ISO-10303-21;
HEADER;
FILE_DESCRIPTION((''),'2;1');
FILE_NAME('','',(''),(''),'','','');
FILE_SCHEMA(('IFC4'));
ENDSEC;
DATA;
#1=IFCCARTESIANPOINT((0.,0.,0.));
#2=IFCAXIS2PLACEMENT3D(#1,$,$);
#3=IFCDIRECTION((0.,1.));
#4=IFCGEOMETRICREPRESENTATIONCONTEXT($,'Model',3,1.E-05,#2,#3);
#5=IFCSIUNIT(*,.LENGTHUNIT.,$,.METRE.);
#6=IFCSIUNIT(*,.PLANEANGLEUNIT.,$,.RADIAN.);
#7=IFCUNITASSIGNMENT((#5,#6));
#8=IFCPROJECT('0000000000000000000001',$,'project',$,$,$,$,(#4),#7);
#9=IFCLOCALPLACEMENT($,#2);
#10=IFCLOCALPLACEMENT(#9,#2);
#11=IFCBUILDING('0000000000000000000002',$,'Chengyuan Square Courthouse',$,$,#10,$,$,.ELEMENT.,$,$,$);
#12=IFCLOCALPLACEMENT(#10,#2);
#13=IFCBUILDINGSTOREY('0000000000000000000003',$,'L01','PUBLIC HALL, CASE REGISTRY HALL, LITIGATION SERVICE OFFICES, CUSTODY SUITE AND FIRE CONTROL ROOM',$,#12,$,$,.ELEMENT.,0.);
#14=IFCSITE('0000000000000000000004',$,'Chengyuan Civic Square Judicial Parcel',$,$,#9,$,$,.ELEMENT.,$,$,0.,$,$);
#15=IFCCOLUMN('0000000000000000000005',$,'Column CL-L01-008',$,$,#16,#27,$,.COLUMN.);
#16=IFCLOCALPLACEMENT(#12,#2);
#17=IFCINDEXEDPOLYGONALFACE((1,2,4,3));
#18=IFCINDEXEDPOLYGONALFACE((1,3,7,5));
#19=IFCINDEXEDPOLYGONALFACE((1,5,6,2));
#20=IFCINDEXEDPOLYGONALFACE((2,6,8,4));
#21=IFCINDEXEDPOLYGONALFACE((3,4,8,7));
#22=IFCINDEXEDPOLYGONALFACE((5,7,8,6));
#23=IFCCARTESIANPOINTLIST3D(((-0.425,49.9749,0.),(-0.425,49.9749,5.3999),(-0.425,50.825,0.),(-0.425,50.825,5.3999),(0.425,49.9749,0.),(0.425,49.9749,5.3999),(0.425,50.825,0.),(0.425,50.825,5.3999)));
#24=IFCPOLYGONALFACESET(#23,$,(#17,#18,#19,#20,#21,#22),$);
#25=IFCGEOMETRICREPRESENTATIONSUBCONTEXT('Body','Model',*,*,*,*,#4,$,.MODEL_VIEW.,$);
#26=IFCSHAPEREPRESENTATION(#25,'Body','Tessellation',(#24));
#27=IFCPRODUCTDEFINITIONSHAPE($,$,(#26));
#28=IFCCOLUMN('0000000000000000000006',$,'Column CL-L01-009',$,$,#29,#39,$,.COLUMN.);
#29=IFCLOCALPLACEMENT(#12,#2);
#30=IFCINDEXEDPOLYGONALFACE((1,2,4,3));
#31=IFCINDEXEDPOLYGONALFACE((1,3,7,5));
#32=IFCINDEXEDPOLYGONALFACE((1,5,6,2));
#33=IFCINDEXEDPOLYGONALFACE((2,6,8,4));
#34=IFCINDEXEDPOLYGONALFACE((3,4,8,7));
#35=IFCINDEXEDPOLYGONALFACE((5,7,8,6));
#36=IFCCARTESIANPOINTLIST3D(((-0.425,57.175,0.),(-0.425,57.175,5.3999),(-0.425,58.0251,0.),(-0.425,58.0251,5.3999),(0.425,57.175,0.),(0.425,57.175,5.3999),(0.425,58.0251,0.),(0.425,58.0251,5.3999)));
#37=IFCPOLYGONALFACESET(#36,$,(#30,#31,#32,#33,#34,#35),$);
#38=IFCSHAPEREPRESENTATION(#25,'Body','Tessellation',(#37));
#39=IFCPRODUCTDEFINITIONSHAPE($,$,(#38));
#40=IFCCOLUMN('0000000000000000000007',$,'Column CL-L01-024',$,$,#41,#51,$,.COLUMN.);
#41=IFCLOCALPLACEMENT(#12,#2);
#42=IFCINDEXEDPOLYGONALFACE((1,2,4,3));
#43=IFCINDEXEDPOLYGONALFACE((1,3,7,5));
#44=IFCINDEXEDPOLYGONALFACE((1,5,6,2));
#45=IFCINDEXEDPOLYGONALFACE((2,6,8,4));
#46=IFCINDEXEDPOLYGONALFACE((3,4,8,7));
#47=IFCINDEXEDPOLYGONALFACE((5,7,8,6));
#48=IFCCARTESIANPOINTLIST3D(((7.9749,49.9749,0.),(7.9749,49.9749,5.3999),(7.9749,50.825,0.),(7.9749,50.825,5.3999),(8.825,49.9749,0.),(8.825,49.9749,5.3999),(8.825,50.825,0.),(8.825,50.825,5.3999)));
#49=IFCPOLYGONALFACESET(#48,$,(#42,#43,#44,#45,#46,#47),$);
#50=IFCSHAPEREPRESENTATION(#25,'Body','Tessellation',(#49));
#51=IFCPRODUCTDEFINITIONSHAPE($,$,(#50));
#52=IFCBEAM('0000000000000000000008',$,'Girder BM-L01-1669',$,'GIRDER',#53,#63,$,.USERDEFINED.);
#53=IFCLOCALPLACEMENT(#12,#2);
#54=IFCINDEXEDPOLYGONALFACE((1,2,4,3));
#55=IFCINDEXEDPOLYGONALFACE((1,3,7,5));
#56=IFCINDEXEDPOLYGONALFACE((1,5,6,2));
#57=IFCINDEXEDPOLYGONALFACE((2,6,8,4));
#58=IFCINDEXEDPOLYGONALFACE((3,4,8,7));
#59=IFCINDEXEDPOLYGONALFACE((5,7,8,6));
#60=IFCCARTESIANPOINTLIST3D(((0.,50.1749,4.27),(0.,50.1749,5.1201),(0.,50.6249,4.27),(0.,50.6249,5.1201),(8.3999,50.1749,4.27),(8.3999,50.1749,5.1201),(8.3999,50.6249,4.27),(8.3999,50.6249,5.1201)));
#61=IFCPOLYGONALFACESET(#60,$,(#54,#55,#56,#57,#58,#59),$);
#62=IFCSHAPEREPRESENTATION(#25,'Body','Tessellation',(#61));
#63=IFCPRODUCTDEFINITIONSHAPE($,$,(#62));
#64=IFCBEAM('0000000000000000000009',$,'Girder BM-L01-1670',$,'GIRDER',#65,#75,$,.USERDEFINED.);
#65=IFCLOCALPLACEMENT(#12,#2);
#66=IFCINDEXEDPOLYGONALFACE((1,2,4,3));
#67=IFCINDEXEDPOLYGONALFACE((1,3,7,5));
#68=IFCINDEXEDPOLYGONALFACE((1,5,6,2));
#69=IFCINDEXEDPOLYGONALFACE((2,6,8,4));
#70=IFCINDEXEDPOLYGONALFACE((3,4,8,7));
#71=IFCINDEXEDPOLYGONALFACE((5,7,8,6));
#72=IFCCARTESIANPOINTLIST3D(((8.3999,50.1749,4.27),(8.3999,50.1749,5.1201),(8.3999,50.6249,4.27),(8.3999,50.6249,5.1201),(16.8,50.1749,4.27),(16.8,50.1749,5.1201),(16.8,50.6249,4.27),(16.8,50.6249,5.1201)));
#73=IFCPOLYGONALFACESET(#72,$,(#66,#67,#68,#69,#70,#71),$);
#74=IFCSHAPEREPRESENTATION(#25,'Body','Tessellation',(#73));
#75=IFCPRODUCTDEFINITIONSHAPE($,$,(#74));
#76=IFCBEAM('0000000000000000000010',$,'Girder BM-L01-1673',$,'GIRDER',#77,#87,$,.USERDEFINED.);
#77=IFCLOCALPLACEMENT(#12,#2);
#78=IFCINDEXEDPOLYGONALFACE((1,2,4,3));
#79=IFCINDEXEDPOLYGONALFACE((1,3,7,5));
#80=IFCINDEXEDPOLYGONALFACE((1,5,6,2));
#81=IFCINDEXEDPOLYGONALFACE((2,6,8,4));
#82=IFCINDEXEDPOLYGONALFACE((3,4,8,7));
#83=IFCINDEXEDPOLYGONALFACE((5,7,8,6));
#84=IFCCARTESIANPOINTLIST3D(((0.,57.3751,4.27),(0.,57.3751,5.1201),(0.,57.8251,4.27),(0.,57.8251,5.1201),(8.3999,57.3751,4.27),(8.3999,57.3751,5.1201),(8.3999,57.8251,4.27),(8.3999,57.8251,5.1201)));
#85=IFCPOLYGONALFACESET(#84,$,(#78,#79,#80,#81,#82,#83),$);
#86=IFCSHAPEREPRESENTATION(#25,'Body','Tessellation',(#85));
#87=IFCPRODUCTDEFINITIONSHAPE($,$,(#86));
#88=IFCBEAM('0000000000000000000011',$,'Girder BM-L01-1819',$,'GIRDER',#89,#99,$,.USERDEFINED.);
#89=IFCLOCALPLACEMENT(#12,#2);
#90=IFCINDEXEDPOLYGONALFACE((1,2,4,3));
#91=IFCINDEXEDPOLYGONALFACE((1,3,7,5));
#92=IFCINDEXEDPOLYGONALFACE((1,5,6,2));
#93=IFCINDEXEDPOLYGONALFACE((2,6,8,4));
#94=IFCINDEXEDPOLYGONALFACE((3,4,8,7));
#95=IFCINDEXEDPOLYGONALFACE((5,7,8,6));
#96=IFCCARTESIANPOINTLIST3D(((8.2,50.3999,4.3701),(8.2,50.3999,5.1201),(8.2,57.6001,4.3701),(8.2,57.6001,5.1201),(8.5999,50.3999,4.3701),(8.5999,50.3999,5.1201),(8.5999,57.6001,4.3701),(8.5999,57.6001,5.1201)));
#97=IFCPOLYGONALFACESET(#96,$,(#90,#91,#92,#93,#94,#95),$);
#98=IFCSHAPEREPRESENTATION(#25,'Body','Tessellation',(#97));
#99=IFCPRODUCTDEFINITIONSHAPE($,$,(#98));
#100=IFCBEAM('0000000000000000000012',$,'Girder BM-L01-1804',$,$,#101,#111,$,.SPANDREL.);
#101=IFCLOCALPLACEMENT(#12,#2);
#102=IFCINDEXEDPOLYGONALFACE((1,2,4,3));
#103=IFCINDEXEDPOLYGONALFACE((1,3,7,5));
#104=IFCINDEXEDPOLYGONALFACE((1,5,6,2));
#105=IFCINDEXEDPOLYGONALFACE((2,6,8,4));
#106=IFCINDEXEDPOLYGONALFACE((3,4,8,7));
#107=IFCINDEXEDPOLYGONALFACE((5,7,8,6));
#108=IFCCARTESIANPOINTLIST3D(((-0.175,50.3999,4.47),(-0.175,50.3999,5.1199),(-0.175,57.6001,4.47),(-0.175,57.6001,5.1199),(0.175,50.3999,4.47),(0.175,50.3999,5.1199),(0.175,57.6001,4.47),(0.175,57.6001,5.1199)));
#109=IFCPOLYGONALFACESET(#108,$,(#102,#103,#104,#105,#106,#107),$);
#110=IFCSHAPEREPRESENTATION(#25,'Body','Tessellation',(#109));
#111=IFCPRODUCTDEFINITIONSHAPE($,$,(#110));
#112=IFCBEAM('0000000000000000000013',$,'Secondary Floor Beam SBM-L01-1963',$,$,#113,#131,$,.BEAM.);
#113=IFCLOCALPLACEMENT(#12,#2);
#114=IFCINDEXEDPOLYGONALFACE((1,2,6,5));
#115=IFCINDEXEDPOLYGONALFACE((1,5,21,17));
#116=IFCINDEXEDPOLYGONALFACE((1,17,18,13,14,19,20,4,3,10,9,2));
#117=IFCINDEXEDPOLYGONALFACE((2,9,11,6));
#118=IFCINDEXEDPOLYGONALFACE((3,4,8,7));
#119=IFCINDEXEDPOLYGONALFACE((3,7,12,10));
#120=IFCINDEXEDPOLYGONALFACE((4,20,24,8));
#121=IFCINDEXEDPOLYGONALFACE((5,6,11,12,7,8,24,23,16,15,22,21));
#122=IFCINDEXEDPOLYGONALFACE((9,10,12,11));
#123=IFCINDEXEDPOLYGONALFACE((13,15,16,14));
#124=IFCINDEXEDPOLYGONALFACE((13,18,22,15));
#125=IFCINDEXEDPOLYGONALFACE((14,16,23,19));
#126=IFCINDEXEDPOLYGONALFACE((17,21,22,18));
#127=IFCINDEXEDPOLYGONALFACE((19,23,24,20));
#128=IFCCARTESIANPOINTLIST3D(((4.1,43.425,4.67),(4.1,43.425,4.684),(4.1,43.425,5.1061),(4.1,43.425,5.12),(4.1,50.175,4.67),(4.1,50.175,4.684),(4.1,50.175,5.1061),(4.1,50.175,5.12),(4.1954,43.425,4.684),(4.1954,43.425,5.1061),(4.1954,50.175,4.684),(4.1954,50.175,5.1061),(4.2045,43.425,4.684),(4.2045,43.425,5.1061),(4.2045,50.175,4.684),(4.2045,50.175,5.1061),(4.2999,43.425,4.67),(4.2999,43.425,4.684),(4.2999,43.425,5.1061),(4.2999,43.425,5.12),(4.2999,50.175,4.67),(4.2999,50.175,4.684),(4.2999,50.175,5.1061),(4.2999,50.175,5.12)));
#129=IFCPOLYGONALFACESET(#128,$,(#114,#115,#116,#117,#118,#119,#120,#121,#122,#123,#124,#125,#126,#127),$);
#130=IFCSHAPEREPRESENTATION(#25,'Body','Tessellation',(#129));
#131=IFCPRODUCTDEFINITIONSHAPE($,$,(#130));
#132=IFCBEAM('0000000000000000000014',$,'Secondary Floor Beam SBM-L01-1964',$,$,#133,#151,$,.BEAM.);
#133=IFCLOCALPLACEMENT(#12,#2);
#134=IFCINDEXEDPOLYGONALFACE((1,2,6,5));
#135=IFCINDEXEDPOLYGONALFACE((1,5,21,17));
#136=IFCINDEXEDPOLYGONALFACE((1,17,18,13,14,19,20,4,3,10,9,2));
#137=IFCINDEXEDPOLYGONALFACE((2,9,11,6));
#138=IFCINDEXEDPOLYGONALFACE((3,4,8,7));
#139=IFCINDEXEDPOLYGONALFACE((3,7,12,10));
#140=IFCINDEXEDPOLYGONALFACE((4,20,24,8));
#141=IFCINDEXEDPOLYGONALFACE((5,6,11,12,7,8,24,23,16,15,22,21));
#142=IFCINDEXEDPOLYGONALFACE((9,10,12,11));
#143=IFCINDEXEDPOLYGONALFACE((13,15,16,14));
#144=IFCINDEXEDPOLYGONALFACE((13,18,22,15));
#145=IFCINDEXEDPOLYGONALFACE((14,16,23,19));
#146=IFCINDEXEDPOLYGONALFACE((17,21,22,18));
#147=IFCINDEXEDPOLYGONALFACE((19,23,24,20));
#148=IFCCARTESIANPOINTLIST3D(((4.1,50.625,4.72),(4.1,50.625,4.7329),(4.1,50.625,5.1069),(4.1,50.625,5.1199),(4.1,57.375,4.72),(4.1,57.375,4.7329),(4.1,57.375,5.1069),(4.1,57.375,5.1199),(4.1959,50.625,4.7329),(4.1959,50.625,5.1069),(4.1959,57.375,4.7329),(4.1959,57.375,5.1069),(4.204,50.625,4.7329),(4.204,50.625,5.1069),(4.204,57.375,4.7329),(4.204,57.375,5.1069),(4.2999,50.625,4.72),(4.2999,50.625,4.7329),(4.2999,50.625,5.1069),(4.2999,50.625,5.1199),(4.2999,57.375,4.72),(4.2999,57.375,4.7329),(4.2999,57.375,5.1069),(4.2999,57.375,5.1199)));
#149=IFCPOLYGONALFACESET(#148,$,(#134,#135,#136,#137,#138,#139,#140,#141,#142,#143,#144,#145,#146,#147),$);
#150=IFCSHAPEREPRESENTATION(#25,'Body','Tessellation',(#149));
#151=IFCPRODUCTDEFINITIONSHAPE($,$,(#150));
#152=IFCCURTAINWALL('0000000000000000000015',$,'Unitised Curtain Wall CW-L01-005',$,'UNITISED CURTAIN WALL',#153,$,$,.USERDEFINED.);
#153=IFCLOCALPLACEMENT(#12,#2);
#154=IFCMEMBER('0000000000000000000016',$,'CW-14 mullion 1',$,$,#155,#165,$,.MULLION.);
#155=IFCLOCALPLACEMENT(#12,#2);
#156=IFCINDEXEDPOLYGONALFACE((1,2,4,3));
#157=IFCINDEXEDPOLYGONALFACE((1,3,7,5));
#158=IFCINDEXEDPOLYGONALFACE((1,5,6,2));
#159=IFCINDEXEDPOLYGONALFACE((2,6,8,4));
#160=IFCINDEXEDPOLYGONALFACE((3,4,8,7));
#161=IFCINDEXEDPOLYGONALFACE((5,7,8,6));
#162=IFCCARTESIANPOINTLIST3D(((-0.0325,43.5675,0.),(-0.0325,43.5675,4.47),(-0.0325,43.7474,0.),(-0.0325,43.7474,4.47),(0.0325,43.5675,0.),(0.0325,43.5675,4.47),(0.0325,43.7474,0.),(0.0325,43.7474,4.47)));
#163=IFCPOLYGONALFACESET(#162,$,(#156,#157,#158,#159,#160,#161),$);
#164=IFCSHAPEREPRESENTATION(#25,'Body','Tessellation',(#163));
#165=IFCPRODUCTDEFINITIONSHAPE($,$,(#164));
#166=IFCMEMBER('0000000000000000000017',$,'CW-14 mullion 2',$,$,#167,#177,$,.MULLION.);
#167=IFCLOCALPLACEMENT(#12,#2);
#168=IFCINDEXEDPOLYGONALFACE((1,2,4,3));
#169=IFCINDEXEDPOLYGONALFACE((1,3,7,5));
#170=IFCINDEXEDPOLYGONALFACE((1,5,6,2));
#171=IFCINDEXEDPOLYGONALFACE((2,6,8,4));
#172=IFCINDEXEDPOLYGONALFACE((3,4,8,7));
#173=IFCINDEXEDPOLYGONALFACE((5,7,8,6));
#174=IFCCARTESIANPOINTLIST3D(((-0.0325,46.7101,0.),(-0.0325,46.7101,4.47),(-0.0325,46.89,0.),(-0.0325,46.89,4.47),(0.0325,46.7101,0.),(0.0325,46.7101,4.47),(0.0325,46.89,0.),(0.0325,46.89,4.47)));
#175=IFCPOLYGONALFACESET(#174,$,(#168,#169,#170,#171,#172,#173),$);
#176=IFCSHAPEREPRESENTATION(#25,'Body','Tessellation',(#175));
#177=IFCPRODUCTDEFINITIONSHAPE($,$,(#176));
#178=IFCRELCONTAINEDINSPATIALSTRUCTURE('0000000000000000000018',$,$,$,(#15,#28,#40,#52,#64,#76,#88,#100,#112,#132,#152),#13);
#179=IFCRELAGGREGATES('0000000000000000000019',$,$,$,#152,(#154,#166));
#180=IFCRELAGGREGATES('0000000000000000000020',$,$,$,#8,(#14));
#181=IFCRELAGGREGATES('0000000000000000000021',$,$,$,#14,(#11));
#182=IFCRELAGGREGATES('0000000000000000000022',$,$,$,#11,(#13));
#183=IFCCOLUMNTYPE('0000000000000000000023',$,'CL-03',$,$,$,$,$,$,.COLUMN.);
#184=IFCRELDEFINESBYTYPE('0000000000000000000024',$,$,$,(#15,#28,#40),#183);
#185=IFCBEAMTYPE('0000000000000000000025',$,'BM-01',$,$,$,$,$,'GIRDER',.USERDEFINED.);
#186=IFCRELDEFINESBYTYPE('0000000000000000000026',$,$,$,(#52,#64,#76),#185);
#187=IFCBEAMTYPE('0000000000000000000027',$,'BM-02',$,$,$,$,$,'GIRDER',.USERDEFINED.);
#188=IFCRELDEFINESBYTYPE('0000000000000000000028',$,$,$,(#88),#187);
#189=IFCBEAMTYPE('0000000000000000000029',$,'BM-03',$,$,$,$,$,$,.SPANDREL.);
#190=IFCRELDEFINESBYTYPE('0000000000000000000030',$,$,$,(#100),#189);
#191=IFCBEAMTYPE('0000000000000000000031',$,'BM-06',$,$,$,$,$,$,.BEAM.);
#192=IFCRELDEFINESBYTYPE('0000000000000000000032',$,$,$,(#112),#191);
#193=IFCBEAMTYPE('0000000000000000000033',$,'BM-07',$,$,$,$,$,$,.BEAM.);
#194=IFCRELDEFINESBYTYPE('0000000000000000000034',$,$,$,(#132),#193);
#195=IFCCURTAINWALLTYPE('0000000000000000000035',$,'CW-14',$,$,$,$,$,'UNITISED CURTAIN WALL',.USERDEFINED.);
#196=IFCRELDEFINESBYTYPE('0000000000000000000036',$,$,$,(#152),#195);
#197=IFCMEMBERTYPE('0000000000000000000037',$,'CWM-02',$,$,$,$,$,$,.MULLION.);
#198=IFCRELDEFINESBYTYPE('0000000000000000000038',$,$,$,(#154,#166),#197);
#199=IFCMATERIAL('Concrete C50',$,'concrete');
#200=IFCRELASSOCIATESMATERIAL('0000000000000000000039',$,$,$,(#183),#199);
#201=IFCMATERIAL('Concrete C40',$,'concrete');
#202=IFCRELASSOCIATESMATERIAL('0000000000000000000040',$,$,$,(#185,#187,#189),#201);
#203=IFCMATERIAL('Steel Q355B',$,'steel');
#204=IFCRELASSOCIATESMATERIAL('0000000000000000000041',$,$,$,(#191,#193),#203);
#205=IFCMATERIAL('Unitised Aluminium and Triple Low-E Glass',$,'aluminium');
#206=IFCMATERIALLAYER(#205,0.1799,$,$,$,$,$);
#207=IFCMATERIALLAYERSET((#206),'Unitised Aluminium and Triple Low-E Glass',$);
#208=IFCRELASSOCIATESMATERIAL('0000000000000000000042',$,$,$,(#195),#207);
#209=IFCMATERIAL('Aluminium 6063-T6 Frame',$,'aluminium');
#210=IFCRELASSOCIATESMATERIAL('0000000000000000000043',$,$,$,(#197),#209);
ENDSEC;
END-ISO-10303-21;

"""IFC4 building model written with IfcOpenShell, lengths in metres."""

from ifc_helpers import new_model, si_unit, direction, frame, origin, origin_2d, place, context, subcontext, project, spatial, rectangle, i_section, extrude, material, layer, layer_set, material_profile, profile_set, type_object, element, aggregate, save


model = new_model("IFC4")

# Units and contexts
model_context = context("Model", 3, precision=1e-05, world=origin(), true_north=direction((0.0, 1.0)))
body_context = subcontext(model_context, "Body", "Model", "MODEL_VIEW")
ifc_project = project(units=[si_unit("LENGTHUNIT", "METRE"), si_unit("PLANEANGLEUNIT", "RADIAN")], contexts=[model_context])

# Site, building, storey
site_placement = place(None, origin())
site = spatial("IfcSite", under=ifc_project, at=site_placement, Name="Chengyuan Civic Square Judicial Parcel", CompositionType="ELEMENT", RefElevation=0.0)
building_placement = place(site_placement, origin())
building = spatial("IfcBuilding", under=site, at=building_placement, Name="Chengyuan Square Courthouse", CompositionType="ELEMENT")
storey_placement = place(building_placement, origin())
storey = spatial("IfcBuildingStorey", under=building, at=storey_placement, Name="L01", Description="PUBLIC HALL, CASE REGISTRY HALL, LITIGATION SERVICE OFFICES, CUSTODY SUITE AND FIRE CONTROL ROOM", CompositionType="ELEMENT", Elevation=0.0)

# Columns
ifc_material_1 = material(Name="Concrete C50", Category="concrete")
ifc_material_profile_1 = material_profile(ifc_material_1, rectangle(XDim=0.8501, YDim=0.8501, at=origin_2d()), Name="RC-COL-850x850")
ifc_profile_set_1 = profile_set([ifc_material_profile_1], Name="Concrete C50")
column_type = type_object("IfcColumnType", Name="CL-03", PredefinedType="COLUMN", material=ifc_profile_set_1)
for number, where, z_axis, x_axis, name in (
    (1, (0.0, 50.3999, 0.0), (0.0, 0.0, 1.0), (1.0, 0.0, 0.0), "Column CL-L01-008"),
    (2, (0.0, 57.6001, 0.0), (0.0, 0.0, 1.0), (1.0, 0.0, 0.0), "Column CL-L01-009"),
    (3, (8.3999, 50.3999, 0.0), (0.0, 0.0, 1.0), (1.0, 0.0, 0.0), "Column CL-L01-024"),
):
    element("IfcColumn", number, at=place(storey_placement, frame(where, z_axis=z_axis, x_axis=x_axis)), inside=storey, type_object=column_type, Name=name, PredefinedType="COLUMN", context=body_context, shape_type="SweptSolid", body=[
        extrude(rectangle(XDim=0.8501, YDim=0.8501, at=origin_2d()), origin(), (0.0, 0.0, 1.0), 5.3999),
    ])

# Beams
ifc_material_2 = material(Name="Concrete C40", Category="concrete")
ifc_material_profile_2 = material_profile(ifc_material_2, rectangle(XDim=0.45, YDim=0.8501, at=origin_2d()), Name="RC-BM-450x850")
ifc_profile_set_2 = profile_set([ifc_material_profile_2], Name="Concrete C40")
beam_type_1 = type_object("IfcBeamType", Name="BM-01", ElementType="GIRDER", PredefinedType="USERDEFINED", material=ifc_profile_set_2)
beam_1_placement = place(storey_placement, frame((0.0, 50.3999, 4.6951), z_axis=(1.0, 0.0, 0.0), x_axis=(0.0, 1.0, 0.0)))
element("IfcBeam", 4, at=beam_1_placement, inside=storey, type_object=beam_type_1, Name="Girder BM-L01-1669", ObjectType="GIRDER", PredefinedType="USERDEFINED", context=body_context, shape_type="SweptSolid", body=[
    extrude(rectangle(XDim=0.45, YDim=0.8501, at=origin_2d()), origin(), (0.0, 0.0, 1.0), 8.3999),
])
beam_2_placement = place(storey_placement, frame((8.3999, 50.3999, 4.6951), z_axis=(1.0, 0.0, 0.0), x_axis=(0.0, 1.0, 0.0)))
element("IfcBeam", 5, at=beam_2_placement, inside=storey, type_object=beam_type_1, Name="Girder BM-L01-1670", ObjectType="GIRDER", PredefinedType="USERDEFINED", context=body_context, shape_type="SweptSolid", body=[
    extrude(rectangle(XDim=0.45, YDim=0.8501, at=origin_2d()), origin(), (0.0, 0.0, 1.0), 8.4001),
])
beam_3_placement = place(storey_placement, frame((0.0, 57.6001, 4.6951), z_axis=(1.0, 0.0, 0.0), x_axis=(0.0, 1.0, 0.0)))
element("IfcBeam", 6, at=beam_3_placement, inside=storey, type_object=beam_type_1, Name="Girder BM-L01-1673", ObjectType="GIRDER", PredefinedType="USERDEFINED", context=body_context, shape_type="SweptSolid", body=[
    extrude(rectangle(XDim=0.45, YDim=0.8501, at=origin_2d()), origin(), (0.0, 0.0, 1.0), 8.3999),
])
ifc_material_profile_3 = material_profile(ifc_material_2, rectangle(XDim=0.3999, YDim=0.75, at=origin_2d()), Name="RC-BM-400x750")
ifc_profile_set_3 = profile_set([ifc_material_profile_3], Name="Concrete C40")
beam_type_2 = type_object("IfcBeamType", Name="BM-02", ElementType="GIRDER", PredefinedType="USERDEFINED", material=ifc_profile_set_3)
beam_4_placement = place(storey_placement, frame((8.3999, 50.3999, 4.7451), z_axis=(0.0, 1.0, 0.0), x_axis=(-1.0, 0.0, 0.0)))
element("IfcBeam", 7, at=beam_4_placement, inside=storey, type_object=beam_type_2, Name="Girder BM-L01-1819", ObjectType="GIRDER", PredefinedType="USERDEFINED", context=body_context, shape_type="SweptSolid", body=[
    extrude(rectangle(XDim=0.3999, YDim=0.75, at=origin_2d()), origin(), (0.0, 0.0, 1.0), 7.2002),
])
ifc_material_profile_4 = material_profile(ifc_material_2, rectangle(XDim=0.3501, YDim=0.6499, at=origin_2d()), Name="RC-BM-350x650")
ifc_profile_set_4 = profile_set([ifc_material_profile_4], Name="Concrete C40")
beam_type_3 = type_object("IfcBeamType", Name="BM-03", PredefinedType="SPANDREL", material=ifc_profile_set_4)
beam_5_placement = place(storey_placement, frame((0.0, 50.3999, 4.7949), z_axis=(0.0, 1.0, 0.0), x_axis=(-1.0, 0.0, 0.0)))
element("IfcBeam", 8, at=beam_5_placement, inside=storey, type_object=beam_type_3, Name="Girder BM-L01-1804", PredefinedType="SPANDREL", context=body_context, shape_type="SweptSolid", body=[
    extrude(rectangle(XDim=0.3501, YDim=0.6499, at=origin_2d()), origin(), (0.0, 0.0, 1.0), 7.2002),
])
ifc_material_3 = material(Name="Steel Q355B", Category="steel")
ifc_material_profile_5 = material_profile(ifc_material_3, i_section(OverallWidth=0.2, OverallDepth=0.45, WebThickness=0.009, FlangeThickness=0.0139, at=origin_2d()), Name="HN 450x200x9x14")
ifc_profile_set_5 = profile_set([ifc_material_profile_5], Name="Steel Q355B")
beam_type_4 = type_object("IfcBeamType", Name="BM-06", PredefinedType="BEAM", material=ifc_profile_set_5)
beam_6_placement = place(storey_placement, frame((4.2, 43.425, 4.895), z_axis=(0.0, 1.0, 0.0), x_axis=(-1.0, 0.0, 0.0)))
element("IfcBeam", 9, at=beam_6_placement, inside=storey, type_object=beam_type_4, Name="Secondary Floor Beam SBM-L01-1963", PredefinedType="BEAM", context=body_context, shape_type="SweptSolid", body=[
    extrude(i_section(OverallWidth=0.2, OverallDepth=0.45, WebThickness=0.009, FlangeThickness=0.0139, at=origin_2d()), origin(), (0.0, 0.0, 1.0), 6.75),
])
ifc_material_profile_6 = material_profile(ifc_material_3, i_section(OverallWidth=0.2, OverallDepth=0.3999, WebThickness=0.0081, FlangeThickness=0.0129, at=origin_2d()), Name="HN 400x200x8x13")
ifc_profile_set_6 = profile_set([ifc_material_profile_6], Name="Steel Q355B")
beam_type_5 = type_object("IfcBeamType", Name="BM-07", PredefinedType="BEAM", material=ifc_profile_set_6)
beam_7_placement = place(storey_placement, frame((4.2, 50.625, 4.9199), z_axis=(0.0, 1.0, 0.0), x_axis=(-1.0, 0.0, 0.0)))
element("IfcBeam", 10, at=beam_7_placement, inside=storey, type_object=beam_type_5, Name="Secondary Floor Beam SBM-L01-1964", PredefinedType="BEAM", context=body_context, shape_type="SweptSolid", body=[
    extrude(i_section(OverallWidth=0.2, OverallDepth=0.3999, WebThickness=0.0081, FlangeThickness=0.0129, at=origin_2d()), origin(), (0.0, 0.0, 1.0), 6.75),
])

# Curtain wall, members
ifc_material_4 = material(Name="Unitised Aluminium and Triple Low-E Glass", Category="aluminium")
ifc_layer_1 = layer(ifc_material_4, 0.1799)
ifc_layer_set_1 = layer_set([ifc_layer_1], Name="Unitised Aluminium and Triple Low-E Glass")
curtain_wall_type = type_object("IfcCurtainWallType", Name="CW-14", ElementType="UNITISED CURTAIN WALL", PredefinedType="USERDEFINED", material=ifc_layer_set_1)
curtain_wall_placement = place(storey_placement, origin())
curtain_wall = element("IfcCurtainWall", 11, at=curtain_wall_placement, inside=storey, type_object=curtain_wall_type, Name="Unitised Curtain Wall CW-L01-005", ObjectType="UNITISED CURTAIN WALL", PredefinedType="USERDEFINED")
ifc_material_5 = material(Name="Aluminium 6063-T6 Frame", Category="aluminium")
ifc_material_profile_7 = material_profile(ifc_material_5, rectangle(XDim=0.0649, YDim=0.1799, at=origin_2d()), Name="CW-MUL-65x180")
ifc_profile_set_7 = profile_set([ifc_material_profile_7], Name="Aluminium 6063-T6 Frame")
member_type_1 = type_object("IfcMemberType", Name="CWM-02", PredefinedType="MULLION", material=ifc_profile_set_7)
member_1_placement = place(storey_placement, frame((0.0, 43.6575, 0.0), z_axis=(0.0, 0.0, 1.0), x_axis=(-1.0, 0.0, 0.0)))
member_1 = element("IfcMember", 12, at=member_1_placement, type_object=member_type_1, Name="CW-14 mullion 1", PredefinedType="MULLION", context=body_context, shape_type="SweptSolid", body=[
    extrude(rectangle(XDim=0.0649, YDim=0.1799, at=origin_2d()), origin(), (0.0, 0.0, 1.0), 4.47),
])
member_2_placement = place(storey_placement, frame((0.0, 46.8, 0.0), z_axis=(0.0, 0.0, 1.0), x_axis=(-1.0, 0.0, 0.0)))
member_2 = element("IfcMember", 13, at=member_2_placement, type_object=member_type_1, Name="CW-14 mullion 2", PredefinedType="MULLION", context=body_context, shape_type="SweptSolid", body=[
    extrude(rectangle(XDim=0.0649, YDim=0.1799, at=origin_2d()), origin(), (0.0, 0.0, 1.0), 4.47),
])
aggregate(curtain_wall, [member_1, member_2])

save(model, "model.ifc")
